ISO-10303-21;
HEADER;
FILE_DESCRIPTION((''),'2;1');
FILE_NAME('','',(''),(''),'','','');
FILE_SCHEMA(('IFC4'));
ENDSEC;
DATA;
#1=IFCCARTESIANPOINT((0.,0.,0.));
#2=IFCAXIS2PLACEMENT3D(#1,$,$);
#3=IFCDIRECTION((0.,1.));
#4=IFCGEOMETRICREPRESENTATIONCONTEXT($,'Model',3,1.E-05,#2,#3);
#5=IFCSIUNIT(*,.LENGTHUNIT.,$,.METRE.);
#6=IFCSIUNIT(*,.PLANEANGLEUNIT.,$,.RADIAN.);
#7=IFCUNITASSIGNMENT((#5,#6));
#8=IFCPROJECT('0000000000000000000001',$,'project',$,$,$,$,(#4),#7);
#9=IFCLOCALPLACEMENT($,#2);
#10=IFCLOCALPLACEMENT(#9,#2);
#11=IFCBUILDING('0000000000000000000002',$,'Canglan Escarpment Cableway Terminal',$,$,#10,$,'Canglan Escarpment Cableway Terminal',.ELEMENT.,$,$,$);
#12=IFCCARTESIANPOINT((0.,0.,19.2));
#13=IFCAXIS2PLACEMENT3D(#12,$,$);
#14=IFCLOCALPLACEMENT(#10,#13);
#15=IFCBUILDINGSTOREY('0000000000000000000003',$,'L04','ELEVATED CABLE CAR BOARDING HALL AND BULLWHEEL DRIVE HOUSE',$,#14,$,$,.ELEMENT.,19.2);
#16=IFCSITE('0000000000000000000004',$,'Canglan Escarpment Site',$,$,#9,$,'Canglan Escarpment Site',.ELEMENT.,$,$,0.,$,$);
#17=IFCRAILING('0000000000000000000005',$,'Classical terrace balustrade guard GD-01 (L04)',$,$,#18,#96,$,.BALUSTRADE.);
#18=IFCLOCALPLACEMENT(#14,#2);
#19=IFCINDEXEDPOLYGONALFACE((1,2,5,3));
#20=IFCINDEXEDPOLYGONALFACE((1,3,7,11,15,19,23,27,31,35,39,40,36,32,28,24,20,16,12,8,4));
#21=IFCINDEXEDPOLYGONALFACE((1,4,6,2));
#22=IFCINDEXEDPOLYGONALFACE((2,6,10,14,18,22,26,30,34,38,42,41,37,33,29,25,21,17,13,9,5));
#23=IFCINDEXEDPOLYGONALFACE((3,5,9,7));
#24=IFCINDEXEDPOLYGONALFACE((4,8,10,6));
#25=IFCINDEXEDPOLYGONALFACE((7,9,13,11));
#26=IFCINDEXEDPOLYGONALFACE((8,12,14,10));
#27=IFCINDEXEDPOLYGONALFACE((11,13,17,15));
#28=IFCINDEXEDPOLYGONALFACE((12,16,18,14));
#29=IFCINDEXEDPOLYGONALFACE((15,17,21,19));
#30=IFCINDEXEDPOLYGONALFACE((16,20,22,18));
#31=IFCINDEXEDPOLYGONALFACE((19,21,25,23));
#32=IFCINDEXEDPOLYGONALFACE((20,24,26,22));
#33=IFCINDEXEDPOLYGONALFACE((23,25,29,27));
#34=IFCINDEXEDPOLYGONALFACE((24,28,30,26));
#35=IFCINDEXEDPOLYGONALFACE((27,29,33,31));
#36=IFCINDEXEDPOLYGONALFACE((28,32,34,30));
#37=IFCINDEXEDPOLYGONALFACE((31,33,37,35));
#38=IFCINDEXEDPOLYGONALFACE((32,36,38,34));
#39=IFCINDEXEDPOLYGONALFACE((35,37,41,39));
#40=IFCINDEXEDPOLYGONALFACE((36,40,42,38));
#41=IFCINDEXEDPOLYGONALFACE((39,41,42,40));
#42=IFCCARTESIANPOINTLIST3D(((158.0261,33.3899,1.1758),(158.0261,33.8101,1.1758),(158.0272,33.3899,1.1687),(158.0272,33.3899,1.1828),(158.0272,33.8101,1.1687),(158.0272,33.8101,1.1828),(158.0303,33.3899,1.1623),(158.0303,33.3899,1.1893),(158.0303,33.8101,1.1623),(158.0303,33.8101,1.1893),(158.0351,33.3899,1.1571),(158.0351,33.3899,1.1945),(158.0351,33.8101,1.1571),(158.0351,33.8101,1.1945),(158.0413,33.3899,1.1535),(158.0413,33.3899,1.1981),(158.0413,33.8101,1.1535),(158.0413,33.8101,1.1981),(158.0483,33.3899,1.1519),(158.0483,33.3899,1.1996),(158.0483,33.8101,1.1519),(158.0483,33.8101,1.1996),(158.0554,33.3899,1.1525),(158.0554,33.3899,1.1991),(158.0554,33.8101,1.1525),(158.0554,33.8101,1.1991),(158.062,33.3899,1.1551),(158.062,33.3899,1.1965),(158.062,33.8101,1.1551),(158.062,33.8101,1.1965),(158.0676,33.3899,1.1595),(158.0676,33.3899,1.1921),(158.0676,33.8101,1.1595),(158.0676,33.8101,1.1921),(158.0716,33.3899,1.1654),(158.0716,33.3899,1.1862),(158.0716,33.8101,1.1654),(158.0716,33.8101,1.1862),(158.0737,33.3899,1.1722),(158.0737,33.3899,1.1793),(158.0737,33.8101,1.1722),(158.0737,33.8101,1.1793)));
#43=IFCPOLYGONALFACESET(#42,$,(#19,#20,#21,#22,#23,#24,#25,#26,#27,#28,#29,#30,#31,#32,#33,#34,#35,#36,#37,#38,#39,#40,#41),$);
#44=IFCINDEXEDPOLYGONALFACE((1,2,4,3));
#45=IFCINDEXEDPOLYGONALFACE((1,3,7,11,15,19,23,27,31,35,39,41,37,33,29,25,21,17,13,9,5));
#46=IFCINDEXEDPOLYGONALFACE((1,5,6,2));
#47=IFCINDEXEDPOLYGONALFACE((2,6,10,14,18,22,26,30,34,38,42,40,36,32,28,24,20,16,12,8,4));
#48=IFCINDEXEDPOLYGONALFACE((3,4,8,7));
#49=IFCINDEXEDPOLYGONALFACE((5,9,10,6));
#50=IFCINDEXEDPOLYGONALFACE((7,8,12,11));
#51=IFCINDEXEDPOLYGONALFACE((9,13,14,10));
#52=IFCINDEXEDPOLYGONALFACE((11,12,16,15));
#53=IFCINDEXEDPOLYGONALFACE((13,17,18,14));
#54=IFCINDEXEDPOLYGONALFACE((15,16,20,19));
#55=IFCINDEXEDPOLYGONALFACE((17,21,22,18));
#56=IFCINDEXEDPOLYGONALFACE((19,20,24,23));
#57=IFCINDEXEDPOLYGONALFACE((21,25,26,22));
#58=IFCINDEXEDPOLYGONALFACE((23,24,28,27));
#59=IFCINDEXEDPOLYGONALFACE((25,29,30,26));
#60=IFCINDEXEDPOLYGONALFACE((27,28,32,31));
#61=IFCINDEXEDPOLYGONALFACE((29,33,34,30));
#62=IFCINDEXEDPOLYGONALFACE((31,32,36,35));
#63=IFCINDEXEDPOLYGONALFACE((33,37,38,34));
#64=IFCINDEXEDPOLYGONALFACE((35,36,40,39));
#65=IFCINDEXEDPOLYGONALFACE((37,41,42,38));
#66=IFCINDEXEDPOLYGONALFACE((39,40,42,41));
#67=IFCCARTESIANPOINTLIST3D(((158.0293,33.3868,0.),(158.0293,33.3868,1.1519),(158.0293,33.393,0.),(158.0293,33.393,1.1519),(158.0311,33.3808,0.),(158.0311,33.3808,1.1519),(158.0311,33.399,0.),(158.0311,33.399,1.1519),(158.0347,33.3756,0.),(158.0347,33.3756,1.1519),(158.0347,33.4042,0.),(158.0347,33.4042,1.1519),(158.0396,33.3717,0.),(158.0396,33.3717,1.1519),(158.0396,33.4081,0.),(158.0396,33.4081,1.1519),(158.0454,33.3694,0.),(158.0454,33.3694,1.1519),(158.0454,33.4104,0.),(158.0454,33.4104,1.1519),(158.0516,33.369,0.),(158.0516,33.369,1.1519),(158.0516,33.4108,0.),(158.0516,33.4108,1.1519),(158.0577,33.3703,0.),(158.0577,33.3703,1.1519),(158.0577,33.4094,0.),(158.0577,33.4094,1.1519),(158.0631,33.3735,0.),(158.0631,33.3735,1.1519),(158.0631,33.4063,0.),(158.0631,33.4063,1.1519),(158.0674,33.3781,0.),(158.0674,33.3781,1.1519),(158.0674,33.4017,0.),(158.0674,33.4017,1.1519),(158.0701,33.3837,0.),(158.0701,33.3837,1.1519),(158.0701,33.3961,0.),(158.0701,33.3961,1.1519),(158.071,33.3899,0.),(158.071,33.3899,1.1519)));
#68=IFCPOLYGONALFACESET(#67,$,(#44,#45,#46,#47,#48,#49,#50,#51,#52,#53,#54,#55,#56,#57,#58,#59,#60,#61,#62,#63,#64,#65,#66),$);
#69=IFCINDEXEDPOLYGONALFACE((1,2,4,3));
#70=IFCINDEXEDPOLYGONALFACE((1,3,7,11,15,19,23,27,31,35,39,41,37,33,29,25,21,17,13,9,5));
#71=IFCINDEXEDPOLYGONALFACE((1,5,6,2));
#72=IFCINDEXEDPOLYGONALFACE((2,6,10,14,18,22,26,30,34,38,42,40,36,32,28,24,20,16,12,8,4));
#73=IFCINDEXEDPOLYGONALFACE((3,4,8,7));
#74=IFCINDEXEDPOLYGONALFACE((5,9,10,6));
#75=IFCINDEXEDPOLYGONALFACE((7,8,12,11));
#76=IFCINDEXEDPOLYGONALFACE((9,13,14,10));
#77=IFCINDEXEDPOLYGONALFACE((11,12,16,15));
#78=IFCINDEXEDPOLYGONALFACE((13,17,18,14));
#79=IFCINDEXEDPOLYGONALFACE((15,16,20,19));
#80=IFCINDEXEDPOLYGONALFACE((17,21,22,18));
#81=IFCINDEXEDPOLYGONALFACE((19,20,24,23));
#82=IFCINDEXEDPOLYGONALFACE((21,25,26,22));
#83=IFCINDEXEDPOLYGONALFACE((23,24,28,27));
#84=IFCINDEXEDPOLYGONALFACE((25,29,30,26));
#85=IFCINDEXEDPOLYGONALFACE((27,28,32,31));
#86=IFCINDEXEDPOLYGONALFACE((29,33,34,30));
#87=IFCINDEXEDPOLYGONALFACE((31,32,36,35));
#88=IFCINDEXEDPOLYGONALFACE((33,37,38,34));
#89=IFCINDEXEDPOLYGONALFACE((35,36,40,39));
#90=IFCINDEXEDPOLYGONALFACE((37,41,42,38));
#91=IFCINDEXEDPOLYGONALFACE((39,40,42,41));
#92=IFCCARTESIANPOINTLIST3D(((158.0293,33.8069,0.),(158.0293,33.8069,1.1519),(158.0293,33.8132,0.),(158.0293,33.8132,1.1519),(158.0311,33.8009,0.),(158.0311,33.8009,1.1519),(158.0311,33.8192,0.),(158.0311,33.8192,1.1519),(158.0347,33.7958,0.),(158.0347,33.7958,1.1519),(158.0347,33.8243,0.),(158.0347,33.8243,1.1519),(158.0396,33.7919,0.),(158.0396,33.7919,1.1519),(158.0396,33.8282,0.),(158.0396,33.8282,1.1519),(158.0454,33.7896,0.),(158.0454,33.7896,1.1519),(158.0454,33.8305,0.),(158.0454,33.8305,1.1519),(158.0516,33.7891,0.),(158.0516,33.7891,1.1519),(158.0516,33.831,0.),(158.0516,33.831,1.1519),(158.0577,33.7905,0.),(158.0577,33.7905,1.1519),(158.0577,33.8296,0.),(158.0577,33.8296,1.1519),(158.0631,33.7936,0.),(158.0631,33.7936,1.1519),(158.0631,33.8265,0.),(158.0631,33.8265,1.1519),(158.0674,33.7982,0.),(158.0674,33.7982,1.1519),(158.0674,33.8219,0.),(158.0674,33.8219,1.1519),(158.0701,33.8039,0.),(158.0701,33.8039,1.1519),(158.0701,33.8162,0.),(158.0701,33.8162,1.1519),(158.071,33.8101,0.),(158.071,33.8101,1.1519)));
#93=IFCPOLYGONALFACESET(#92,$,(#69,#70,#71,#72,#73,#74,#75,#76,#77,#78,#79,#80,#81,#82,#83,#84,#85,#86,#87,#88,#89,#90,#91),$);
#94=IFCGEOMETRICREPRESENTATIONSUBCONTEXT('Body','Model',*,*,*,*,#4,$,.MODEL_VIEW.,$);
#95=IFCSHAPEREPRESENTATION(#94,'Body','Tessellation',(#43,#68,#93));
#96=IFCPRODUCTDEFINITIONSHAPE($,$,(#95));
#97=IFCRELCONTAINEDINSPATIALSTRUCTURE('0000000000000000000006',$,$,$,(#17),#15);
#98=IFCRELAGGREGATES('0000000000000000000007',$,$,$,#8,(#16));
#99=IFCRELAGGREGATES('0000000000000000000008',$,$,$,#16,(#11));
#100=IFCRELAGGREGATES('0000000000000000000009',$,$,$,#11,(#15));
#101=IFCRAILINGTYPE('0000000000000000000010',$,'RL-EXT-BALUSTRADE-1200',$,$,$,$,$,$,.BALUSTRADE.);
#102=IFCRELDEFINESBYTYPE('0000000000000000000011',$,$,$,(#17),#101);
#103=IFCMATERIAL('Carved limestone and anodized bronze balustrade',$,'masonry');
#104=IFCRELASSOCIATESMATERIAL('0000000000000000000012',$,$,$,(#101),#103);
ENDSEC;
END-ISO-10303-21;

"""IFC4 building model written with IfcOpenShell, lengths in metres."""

from ifc_helpers import new_model, si_unit, direction, frame, origin, origin_2d, place, context, subcontext, project, spatial, circle, extrude, material, type_object, element, save


model = new_model("IFC4")

# Units and contexts
model_context = context("Model", 3, precision=1e-05, world=origin(), true_north=direction((0.0, 1.0)))
body_context = subcontext(model_context, "Body", "Model", "MODEL_VIEW")
ifc_project = project(units=[si_unit("LENGTHUNIT", "METRE"), si_unit("PLANEANGLEUNIT", "RADIAN")], contexts=[model_context])

# Site, building, storey
site_placement = place(None, origin())
site = spatial("IfcSite", under=ifc_project, at=site_placement, Name="Canglan Escarpment Site", LongName="Canglan Escarpment Site", CompositionType="ELEMENT", RefElevation=0.0)
building_placement = place(site_placement, origin())
building = spatial("IfcBuilding", under=site, at=building_placement, Name="Canglan Escarpment Cableway Terminal", LongName="Canglan Escarpment Cableway Terminal", CompositionType="ELEMENT")
storey_placement = place(building_placement, frame((0.0, 0.0, 19.2)))
storey = spatial("IfcBuildingStorey", under=building, at=storey_placement, Name="L04", Description="ELEVATED CABLE CAR BOARDING HALL AND BULLWHEEL DRIVE HOUSE", CompositionType="ELEMENT", Elevation=19.2)

# Railing
ifc_material_1 = material(Name="Carved limestone and anodized bronze balustrade", Category="masonry")
railing_type_1 = type_object("IfcRailingType", Name="RL-EXT-BALUSTRADE-1200", PredefinedType="BALUSTRADE", material=ifc_material_1)
railing_1_placement = place(storey_placement, frame((158.05, 33.3899, 0.0)))
element("IfcRailing", 1, at=railing_1_placement, inside=storey, type_object=railing_type_1, Name="Classical terrace balustrade guard GD-01 (L04)", PredefinedType="BALUSTRADE", context=body_context, shape_type="SweptSolid", body=[
    extrude(circle(Radius=0.0239, at=origin_2d()), frame((0.0, 0.0, 1.1758), z_axis=(0.0, 1.0, 0.0), x_axis=(-1.0, 0.0, 0.0)), (0.0, 0.0, 1.0), 0.4202),
    extrude(circle(Radius=0.021, at=origin_2d()), origin(), (0.0, 0.0, 1.0), 1.1519),
    extrude(circle(Radius=0.021, at=origin_2d()), frame((0.0, 0.4202, 0.0)), (0.0, 0.0, 1.0), 1.1519),
])

save(model, "model.ifc")
